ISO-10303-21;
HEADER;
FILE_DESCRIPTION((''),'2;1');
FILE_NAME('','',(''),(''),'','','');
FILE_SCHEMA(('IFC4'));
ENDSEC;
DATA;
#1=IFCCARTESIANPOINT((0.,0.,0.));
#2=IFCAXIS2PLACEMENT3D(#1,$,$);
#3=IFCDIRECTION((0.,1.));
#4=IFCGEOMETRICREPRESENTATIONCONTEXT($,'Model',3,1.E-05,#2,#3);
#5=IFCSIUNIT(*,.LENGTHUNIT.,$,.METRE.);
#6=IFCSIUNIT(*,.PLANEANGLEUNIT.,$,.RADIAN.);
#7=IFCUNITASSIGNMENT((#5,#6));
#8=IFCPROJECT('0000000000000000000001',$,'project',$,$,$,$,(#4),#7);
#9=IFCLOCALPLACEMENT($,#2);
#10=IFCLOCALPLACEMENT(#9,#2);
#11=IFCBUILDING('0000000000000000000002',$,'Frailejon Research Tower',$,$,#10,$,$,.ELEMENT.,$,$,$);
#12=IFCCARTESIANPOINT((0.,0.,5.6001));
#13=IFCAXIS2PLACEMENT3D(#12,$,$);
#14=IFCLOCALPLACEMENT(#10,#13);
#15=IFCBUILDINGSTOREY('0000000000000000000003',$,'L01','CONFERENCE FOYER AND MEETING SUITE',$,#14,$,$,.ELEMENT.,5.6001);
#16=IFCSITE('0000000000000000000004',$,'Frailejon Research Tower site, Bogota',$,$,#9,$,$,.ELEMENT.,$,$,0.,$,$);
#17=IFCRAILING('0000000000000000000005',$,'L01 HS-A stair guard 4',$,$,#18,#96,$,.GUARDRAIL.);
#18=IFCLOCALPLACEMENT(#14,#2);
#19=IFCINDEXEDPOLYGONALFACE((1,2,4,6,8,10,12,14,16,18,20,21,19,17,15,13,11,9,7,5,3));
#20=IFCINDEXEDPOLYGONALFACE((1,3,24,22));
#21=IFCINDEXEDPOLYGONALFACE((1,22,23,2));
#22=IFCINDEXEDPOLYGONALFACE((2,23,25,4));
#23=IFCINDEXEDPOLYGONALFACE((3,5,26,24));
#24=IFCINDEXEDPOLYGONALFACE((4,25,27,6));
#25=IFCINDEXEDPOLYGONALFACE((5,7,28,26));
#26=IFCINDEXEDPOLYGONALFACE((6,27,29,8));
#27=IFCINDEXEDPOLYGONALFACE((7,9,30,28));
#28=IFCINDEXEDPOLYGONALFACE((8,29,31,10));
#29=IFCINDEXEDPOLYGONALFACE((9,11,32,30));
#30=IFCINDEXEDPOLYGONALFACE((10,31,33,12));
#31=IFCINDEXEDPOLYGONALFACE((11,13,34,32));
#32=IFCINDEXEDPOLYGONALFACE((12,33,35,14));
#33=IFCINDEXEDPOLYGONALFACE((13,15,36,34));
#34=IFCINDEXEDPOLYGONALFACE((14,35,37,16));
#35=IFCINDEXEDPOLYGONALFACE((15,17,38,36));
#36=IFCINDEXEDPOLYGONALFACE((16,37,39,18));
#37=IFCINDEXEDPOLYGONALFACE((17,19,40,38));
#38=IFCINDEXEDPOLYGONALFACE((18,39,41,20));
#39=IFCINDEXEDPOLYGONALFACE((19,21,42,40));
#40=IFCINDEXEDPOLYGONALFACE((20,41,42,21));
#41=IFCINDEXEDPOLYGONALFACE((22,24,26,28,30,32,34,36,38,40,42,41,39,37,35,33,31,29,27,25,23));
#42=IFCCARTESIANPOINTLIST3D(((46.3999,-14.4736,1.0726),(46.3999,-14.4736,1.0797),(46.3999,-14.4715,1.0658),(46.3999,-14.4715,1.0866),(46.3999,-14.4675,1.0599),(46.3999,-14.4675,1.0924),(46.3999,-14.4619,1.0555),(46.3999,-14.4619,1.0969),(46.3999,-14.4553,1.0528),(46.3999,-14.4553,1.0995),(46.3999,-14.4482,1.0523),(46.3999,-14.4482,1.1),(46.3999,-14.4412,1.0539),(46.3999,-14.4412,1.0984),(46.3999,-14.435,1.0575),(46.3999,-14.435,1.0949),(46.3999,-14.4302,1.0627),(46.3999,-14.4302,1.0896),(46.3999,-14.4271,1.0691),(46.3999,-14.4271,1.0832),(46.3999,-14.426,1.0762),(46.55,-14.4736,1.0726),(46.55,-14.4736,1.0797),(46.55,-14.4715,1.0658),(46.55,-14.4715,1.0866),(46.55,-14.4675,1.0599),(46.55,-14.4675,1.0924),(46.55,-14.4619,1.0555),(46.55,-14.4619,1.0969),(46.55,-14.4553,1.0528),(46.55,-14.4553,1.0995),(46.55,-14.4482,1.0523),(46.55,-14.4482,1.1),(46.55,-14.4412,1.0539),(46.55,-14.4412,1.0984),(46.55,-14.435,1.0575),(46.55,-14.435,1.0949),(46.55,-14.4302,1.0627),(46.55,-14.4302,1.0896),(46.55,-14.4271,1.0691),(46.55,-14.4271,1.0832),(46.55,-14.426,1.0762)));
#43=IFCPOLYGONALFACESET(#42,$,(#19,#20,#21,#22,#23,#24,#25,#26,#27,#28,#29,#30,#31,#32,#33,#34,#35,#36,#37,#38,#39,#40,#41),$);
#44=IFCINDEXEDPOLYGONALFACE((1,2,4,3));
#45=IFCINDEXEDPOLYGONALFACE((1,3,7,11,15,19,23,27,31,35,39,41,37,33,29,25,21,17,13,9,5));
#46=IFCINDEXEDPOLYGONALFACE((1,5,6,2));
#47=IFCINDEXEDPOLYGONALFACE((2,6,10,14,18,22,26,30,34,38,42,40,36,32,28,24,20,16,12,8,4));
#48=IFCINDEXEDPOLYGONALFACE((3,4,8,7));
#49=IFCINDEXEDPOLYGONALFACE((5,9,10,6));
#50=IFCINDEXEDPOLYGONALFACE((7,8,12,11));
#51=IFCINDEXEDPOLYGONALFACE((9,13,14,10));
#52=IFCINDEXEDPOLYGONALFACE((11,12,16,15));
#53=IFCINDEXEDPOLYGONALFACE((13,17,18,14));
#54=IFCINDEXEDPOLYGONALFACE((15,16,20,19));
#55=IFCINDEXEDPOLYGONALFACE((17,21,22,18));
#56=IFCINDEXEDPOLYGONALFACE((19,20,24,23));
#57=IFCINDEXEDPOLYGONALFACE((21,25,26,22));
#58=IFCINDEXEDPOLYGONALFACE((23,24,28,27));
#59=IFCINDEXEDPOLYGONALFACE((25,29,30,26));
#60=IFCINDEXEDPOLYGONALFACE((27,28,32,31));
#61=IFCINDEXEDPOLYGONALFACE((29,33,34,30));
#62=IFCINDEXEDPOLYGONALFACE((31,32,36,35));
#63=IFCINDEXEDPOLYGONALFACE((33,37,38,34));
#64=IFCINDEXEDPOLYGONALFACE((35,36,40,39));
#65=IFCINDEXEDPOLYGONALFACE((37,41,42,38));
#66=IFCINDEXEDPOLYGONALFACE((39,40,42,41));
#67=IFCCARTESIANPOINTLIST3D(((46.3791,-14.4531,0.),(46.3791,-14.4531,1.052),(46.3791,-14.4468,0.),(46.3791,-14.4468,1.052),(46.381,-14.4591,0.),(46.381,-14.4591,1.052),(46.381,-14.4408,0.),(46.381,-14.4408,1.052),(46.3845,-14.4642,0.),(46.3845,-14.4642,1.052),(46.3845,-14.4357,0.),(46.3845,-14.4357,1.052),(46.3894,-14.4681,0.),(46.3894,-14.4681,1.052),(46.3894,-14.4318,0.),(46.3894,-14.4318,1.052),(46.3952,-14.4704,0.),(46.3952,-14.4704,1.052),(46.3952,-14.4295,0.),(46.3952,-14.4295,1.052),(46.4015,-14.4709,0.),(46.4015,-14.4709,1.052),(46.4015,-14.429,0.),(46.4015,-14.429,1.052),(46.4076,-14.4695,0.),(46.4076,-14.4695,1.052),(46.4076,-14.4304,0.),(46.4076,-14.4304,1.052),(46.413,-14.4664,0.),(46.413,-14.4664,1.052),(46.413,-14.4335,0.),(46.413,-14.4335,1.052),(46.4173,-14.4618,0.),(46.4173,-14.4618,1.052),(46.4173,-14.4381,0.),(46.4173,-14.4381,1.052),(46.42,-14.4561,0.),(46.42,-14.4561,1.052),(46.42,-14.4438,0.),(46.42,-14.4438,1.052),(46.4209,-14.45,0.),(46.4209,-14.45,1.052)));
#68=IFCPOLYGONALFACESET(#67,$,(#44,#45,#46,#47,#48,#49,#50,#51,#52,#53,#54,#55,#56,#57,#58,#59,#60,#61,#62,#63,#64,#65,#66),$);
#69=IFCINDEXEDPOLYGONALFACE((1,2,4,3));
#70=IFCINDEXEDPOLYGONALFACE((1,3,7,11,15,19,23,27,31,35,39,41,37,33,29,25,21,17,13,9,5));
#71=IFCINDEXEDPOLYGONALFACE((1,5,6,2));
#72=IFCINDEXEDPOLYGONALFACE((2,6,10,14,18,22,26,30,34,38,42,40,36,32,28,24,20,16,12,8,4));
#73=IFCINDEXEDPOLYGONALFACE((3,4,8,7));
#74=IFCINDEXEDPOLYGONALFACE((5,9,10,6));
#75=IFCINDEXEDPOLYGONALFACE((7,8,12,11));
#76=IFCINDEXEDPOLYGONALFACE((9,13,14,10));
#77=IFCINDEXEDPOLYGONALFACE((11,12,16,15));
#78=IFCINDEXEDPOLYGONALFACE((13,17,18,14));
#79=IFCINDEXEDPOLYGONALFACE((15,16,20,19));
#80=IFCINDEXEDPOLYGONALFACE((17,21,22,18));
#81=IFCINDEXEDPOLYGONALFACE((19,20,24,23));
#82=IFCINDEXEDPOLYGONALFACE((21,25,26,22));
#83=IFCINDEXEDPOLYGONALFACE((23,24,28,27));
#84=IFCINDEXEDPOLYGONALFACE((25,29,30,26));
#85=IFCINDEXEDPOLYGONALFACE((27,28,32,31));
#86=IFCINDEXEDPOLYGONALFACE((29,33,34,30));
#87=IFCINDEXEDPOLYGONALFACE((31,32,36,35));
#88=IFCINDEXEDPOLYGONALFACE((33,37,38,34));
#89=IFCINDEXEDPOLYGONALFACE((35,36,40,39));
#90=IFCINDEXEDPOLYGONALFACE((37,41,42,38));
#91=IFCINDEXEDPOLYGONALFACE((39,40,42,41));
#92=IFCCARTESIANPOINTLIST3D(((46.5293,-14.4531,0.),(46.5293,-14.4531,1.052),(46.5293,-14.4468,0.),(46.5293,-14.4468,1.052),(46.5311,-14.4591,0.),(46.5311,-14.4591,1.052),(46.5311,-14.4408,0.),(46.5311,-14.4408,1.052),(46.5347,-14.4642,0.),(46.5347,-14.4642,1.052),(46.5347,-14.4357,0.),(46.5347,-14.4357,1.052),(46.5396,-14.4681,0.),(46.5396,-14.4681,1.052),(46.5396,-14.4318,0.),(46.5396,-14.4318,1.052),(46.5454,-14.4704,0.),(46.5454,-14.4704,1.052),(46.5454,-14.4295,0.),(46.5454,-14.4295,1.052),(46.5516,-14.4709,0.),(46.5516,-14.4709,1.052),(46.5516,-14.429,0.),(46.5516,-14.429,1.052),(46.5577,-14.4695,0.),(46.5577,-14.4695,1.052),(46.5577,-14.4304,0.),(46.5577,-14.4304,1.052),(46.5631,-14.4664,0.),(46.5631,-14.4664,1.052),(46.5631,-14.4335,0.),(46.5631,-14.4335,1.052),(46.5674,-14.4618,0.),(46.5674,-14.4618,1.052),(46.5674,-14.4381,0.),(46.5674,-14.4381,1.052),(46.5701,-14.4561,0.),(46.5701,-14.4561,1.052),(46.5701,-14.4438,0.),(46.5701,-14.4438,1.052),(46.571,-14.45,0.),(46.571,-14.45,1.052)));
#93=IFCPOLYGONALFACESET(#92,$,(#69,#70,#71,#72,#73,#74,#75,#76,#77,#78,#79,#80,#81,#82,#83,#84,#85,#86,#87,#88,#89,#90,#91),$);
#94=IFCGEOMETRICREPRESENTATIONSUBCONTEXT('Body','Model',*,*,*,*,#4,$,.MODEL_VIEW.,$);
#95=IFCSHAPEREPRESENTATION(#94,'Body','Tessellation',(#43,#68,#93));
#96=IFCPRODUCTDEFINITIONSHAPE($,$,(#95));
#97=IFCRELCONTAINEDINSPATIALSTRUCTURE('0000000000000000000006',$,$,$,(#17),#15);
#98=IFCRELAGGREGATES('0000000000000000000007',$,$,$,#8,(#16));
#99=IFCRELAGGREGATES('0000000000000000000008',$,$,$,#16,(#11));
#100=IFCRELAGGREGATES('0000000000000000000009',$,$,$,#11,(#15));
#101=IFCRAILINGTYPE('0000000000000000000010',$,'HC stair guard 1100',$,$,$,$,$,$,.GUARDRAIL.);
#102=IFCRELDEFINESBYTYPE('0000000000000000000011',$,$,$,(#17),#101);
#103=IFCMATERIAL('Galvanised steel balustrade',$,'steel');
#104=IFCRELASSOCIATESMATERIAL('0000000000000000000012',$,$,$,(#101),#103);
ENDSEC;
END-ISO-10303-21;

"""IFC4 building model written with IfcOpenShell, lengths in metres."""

from ifc_helpers import new_model, si_unit, direction, frame, origin, origin_2d, place, context, subcontext, project, spatial, circle, extrude, material, type_object, element, save


model = new_model("IFC4")

# Units and contexts
model_context = context("Model", 3, precision=1e-05, world=origin(), true_north=direction((0.0, 1.0)))
body_context = subcontext(model_context, "Body", "Model", "MODEL_VIEW")
ifc_project = project(units=[si_unit("LENGTHUNIT", "METRE"), si_unit("PLANEANGLEUNIT", "RADIAN")], contexts=[model_context])

# Site, building, storey
site_placement = place(None, origin())
site = spatial("IfcSite", under=ifc_project, at=site_placement, Name="Frailejon Research Tower site, Bogota", CompositionType="ELEMENT", RefElevation=0.0)
building_placement = place(site_placement, origin())
building = spatial("IfcBuilding", under=site, at=building_placement, Name="Frailejon Research Tower", CompositionType="ELEMENT")
storey_placement = place(building_placement, frame((0.0, 0.0, 5.6001)))
storey = spatial("IfcBuildingStorey", under=building, at=storey_placement, Name="L01", Description="CONFERENCE FOYER AND MEETING SUITE", CompositionType="ELEMENT", Elevation=5.6001)

# Railing
ifc_material_1 = material(Name="Galvanised steel balustrade", Category="steel")
railing_type_1 = type_object("IfcRailingType", Name="HC stair guard 1100", PredefinedType="GUARDRAIL", material=ifc_material_1)
railing_1_placement = place(storey_placement, frame((46.3999, -14.45, 0.0)))
element("IfcRailing", 1, at=railing_1_placement, inside=storey, type_object=railing_type_1, Name="L01 HS-A stair guard 4", PredefinedType="GUARDRAIL", context=body_context, shape_type="SweptSolid", body=[
    extrude(circle(Radius=0.0239, at=origin_2d()), frame((0.0, 0.0, 1.0762), z_axis=(1.0, 0.0, 0.0), x_axis=(0.0, 1.0, 0.0)), (0.0, 0.0, 1.0), 0.1501),
    extrude(circle(Radius=0.021, at=origin_2d()), origin(), (0.0, 0.0, 1.0), 1.052),
    extrude(circle(Radius=0.021, at=origin_2d()), frame((0.1501, 0.0, 0.0)), (0.0, 0.0, 1.0), 1.052),
])

save(model, "model.ifc")
